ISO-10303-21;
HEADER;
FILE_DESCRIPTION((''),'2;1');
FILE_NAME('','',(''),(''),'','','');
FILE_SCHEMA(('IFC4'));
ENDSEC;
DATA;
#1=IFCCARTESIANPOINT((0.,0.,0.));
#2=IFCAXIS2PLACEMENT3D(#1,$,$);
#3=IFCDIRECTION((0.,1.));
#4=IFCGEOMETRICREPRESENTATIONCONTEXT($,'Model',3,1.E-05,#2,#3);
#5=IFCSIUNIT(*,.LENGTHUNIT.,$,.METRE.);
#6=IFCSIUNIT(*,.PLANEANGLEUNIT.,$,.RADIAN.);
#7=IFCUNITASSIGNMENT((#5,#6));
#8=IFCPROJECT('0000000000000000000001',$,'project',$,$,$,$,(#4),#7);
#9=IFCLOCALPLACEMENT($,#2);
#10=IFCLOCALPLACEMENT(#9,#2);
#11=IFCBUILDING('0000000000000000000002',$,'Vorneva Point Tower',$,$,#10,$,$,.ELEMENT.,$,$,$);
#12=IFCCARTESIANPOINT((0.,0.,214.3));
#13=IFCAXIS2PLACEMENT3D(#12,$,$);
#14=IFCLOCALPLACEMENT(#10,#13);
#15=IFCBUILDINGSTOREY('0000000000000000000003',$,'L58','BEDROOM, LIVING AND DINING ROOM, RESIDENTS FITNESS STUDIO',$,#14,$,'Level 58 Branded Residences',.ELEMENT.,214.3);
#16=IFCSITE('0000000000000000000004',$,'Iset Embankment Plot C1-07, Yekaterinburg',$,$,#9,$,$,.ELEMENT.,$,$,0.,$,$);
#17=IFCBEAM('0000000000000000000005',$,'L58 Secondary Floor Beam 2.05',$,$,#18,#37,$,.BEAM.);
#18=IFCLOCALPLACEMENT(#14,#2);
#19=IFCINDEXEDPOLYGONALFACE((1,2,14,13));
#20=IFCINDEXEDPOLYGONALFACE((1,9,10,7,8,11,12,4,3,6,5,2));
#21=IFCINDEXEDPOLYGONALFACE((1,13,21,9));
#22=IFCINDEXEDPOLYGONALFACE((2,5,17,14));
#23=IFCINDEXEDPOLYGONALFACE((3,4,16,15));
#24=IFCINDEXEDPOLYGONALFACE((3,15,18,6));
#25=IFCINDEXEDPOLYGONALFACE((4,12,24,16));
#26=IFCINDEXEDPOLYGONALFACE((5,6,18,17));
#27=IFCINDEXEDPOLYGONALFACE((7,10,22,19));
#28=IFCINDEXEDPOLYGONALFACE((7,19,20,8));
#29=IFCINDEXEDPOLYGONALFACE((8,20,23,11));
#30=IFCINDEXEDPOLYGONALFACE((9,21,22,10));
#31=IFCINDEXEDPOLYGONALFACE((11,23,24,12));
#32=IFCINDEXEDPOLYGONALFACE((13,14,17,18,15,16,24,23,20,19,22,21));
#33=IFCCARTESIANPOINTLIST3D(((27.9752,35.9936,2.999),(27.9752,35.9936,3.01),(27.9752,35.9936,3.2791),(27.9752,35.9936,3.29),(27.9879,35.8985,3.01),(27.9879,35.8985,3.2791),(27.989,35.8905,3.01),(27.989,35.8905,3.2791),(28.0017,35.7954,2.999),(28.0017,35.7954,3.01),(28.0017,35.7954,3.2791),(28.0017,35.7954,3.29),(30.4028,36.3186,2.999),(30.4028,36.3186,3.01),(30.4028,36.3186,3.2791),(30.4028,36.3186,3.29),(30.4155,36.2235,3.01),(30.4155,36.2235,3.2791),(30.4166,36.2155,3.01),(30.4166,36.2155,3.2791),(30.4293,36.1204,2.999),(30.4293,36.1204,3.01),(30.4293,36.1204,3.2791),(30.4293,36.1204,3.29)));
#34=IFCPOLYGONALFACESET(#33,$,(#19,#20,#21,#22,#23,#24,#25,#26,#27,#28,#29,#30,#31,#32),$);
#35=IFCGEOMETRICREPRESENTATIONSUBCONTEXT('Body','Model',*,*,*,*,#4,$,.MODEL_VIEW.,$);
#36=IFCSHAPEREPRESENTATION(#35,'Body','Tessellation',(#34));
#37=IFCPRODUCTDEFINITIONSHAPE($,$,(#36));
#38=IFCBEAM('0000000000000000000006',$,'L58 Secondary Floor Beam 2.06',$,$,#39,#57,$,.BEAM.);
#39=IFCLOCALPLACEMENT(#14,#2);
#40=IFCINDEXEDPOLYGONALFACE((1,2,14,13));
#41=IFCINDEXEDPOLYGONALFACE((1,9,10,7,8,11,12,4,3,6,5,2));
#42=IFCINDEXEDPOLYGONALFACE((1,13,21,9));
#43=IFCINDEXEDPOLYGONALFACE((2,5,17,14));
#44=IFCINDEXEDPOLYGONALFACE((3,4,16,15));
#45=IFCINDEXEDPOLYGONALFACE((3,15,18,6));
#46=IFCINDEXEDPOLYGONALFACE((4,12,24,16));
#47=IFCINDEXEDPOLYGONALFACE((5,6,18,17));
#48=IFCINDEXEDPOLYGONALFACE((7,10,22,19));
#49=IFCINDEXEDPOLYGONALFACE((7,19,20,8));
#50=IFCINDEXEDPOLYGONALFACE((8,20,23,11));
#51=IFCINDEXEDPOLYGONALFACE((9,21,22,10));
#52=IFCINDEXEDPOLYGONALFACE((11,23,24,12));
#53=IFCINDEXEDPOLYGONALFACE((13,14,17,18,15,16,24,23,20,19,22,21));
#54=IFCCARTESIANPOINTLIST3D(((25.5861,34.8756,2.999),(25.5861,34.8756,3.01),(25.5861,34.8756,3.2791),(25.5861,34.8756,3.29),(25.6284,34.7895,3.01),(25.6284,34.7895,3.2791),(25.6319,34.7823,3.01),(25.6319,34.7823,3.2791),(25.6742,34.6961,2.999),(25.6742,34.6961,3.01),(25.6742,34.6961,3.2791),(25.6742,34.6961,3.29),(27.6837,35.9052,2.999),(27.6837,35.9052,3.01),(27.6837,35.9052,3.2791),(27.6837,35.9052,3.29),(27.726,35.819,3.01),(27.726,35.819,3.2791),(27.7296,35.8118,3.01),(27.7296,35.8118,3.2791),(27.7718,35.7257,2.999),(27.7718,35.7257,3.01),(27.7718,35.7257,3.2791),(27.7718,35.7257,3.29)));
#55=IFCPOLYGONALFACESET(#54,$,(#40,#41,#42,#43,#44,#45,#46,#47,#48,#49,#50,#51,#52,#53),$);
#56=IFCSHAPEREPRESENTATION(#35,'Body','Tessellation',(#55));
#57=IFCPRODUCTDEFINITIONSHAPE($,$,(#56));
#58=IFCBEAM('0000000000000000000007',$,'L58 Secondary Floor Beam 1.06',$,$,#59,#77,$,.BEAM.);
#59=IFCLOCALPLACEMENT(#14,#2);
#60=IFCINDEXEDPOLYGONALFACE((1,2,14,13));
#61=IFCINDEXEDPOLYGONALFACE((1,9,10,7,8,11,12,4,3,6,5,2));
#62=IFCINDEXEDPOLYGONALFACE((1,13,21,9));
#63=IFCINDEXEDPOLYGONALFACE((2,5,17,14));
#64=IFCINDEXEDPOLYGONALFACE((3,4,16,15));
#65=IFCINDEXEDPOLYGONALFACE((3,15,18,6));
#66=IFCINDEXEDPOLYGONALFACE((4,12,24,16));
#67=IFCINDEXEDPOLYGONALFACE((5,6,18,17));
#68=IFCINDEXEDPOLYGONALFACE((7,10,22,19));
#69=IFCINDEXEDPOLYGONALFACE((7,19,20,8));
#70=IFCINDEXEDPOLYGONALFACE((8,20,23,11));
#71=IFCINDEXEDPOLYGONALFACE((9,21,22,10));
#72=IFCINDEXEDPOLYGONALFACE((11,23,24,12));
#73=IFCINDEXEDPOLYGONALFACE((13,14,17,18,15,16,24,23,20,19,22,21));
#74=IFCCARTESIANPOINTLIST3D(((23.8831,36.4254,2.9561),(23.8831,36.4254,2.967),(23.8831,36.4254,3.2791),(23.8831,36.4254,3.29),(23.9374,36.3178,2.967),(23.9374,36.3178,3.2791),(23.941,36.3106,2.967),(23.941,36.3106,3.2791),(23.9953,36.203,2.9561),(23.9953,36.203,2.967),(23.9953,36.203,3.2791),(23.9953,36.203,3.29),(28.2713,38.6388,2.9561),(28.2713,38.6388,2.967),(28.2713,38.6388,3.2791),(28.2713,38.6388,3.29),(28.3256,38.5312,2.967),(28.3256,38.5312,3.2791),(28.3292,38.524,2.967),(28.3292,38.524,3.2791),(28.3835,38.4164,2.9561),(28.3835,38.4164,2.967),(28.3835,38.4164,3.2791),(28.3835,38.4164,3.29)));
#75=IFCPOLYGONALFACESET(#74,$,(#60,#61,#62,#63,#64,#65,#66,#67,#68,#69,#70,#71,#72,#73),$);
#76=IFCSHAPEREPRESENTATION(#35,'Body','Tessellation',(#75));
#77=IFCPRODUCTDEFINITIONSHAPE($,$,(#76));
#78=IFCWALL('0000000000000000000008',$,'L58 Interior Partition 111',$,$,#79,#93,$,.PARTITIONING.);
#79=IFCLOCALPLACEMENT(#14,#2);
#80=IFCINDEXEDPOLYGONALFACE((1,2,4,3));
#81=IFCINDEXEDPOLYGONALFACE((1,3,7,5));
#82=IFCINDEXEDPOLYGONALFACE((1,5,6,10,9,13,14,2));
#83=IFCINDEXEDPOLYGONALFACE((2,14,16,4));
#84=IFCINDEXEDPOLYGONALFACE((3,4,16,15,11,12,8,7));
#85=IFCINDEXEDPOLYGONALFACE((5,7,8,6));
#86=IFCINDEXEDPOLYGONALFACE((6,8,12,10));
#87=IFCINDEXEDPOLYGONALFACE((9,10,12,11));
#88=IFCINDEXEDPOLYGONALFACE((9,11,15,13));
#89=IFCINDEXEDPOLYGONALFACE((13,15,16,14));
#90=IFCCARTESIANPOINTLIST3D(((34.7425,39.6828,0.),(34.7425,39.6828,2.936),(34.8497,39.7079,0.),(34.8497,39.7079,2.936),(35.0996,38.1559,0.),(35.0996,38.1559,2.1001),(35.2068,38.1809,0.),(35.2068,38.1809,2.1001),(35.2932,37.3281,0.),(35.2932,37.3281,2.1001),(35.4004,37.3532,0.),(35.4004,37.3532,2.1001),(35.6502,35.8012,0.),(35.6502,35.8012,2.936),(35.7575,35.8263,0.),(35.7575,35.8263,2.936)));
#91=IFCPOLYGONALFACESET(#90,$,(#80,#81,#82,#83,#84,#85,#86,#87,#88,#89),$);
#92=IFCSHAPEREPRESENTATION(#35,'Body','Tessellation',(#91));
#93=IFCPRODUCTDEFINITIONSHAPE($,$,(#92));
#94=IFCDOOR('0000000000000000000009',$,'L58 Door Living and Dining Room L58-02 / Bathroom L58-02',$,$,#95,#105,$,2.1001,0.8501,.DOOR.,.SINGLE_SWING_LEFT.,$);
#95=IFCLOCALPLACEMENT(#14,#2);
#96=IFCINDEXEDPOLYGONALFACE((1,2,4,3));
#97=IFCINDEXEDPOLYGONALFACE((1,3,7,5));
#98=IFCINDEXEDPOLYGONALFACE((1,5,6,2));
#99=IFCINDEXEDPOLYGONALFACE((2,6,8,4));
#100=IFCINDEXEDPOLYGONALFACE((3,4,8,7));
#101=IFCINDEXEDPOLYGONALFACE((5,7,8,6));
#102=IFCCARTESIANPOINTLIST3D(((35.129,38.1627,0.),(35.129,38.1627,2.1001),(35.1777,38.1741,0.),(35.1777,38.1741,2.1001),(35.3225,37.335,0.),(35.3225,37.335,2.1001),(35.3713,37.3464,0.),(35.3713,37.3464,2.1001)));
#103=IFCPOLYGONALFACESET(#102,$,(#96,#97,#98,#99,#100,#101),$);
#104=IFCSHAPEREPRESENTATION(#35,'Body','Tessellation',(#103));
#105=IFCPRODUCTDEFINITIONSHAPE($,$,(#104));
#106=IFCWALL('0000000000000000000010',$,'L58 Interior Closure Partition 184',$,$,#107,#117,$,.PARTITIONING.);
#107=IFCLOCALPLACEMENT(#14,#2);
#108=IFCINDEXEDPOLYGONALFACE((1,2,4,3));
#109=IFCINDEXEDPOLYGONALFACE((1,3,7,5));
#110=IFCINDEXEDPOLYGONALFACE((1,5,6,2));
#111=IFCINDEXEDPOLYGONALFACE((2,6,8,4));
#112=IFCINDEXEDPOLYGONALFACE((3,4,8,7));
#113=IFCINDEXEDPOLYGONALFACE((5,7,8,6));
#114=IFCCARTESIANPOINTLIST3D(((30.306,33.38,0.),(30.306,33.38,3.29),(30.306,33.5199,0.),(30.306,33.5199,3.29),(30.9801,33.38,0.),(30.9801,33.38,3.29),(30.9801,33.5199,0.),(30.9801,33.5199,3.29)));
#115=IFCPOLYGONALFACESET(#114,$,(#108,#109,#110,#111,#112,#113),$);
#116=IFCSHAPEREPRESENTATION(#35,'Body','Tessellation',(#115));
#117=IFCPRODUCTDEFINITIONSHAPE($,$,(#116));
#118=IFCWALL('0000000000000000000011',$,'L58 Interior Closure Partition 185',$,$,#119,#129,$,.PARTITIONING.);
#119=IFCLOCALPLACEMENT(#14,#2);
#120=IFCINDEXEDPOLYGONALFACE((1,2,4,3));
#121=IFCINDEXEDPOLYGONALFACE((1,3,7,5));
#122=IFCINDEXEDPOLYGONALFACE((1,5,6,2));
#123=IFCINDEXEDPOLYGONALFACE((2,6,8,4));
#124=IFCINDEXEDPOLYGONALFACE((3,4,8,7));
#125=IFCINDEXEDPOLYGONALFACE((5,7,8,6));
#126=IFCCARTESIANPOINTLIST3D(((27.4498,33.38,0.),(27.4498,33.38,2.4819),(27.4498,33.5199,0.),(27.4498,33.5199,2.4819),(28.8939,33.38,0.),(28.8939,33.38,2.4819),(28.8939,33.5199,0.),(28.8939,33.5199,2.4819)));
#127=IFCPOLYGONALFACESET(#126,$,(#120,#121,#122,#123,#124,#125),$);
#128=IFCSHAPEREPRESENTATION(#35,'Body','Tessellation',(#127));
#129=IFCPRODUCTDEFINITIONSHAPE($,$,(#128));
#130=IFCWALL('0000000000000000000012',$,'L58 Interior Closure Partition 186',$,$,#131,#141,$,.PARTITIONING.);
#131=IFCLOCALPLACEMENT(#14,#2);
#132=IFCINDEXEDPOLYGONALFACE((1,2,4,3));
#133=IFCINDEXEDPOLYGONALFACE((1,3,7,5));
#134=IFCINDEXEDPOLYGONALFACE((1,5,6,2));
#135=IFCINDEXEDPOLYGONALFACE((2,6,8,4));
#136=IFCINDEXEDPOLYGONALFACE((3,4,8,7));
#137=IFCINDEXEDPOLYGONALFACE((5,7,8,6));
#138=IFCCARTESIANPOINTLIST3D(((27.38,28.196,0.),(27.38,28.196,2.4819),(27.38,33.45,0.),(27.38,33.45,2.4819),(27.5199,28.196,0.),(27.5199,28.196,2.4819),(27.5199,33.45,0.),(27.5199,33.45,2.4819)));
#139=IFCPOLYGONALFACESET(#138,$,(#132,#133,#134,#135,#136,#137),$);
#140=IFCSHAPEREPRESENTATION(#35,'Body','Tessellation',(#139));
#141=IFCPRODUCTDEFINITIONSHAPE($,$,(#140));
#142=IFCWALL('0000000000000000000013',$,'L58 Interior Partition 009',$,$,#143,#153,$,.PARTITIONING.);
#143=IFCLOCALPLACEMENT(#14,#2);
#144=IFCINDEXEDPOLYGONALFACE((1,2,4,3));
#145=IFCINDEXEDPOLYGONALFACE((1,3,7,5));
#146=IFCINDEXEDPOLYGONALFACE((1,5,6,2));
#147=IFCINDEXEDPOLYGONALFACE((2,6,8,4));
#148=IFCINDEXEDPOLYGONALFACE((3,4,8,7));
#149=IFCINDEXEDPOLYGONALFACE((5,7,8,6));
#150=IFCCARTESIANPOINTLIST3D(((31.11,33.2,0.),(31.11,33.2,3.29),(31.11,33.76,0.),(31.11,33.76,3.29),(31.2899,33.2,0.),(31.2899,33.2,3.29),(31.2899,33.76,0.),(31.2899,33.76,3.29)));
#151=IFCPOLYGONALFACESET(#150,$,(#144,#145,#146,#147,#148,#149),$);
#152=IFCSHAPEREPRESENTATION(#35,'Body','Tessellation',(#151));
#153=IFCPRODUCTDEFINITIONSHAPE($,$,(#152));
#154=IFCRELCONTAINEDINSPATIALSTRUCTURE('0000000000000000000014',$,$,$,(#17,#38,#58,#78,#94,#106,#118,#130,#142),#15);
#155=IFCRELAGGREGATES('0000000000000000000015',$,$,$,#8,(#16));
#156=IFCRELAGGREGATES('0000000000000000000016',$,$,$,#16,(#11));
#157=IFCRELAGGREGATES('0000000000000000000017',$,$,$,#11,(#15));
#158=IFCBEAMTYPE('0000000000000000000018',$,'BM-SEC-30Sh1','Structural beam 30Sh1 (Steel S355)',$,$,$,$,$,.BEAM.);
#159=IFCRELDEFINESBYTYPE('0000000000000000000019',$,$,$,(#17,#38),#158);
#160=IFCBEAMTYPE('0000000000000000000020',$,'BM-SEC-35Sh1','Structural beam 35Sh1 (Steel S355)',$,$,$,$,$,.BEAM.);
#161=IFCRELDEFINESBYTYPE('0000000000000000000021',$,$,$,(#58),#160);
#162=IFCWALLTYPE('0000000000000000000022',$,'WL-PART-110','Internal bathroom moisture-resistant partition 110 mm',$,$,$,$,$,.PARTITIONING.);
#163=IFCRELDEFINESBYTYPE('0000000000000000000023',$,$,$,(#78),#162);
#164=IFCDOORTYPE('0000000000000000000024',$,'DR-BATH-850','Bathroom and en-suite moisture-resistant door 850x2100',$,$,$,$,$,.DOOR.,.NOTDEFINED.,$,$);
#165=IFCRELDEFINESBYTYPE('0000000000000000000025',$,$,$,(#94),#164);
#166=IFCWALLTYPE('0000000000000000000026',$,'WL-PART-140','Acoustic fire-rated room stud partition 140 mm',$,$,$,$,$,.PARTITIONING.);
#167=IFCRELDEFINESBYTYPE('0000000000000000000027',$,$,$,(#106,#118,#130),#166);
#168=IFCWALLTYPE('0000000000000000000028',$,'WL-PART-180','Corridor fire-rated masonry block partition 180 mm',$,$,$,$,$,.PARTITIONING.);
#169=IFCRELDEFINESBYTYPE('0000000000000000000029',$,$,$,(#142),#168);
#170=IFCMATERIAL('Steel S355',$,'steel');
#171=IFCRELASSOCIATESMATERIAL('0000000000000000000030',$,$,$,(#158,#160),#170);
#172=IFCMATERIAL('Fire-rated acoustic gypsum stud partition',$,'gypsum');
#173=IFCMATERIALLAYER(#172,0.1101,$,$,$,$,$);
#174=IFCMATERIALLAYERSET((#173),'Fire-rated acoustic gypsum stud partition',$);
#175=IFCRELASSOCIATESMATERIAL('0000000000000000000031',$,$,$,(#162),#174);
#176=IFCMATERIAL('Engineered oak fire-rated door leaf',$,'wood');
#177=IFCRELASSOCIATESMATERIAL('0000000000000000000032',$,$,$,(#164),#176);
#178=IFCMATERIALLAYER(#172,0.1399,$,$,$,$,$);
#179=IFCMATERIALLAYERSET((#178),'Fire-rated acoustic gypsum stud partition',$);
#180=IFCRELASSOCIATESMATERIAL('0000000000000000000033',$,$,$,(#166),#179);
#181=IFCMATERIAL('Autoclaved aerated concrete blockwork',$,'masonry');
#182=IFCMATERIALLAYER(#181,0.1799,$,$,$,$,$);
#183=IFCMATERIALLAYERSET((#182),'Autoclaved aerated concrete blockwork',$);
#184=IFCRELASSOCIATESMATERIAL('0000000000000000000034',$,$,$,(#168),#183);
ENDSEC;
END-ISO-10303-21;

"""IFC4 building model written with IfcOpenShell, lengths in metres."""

from ifc_helpers import new_model, si_unit, direction, frame, frame_2d, origin, origin_2d, place, context, subcontext, project, spatial, rectangle, i_section, extrude, material, layer, layer_set, material_profile, profile_set, type_object, element, fill, save


model = new_model("IFC4")

# Units and contexts
model_context = context("Model", 3, precision=1e-05, world=origin(), true_north=direction((0.0, 1.0)))
body_context = subcontext(model_context, "Body", "Model", "MODEL_VIEW")
ifc_project = project(units=[si_unit("LENGTHUNIT", "METRE"), si_unit("PLANEANGLEUNIT", "RADIAN")], contexts=[model_context])

# Site, building, storey
site_placement = place(None, origin())
site = spatial("IfcSite", under=ifc_project, at=site_placement, Name="Iset Embankment Plot C1-07, Yekaterinburg", CompositionType="ELEMENT", RefElevation=0.0)
building_placement = place(site_placement, origin())
building = spatial("IfcBuilding", under=site, at=building_placement, Name="Vorneva Point Tower", CompositionType="ELEMENT")
storey_placement = place(building_placement, frame((0.0, 0.0, 214.3)))
storey = spatial("IfcBuildingStorey", under=building, at=storey_placement, Name="L58", Description="BEDROOM, LIVING AND DINING ROOM, RESIDENTS FITNESS STUDIO", LongName="Level 58 Branded Residences", CompositionType="ELEMENT", Elevation=214.3)

# Beams
ifc_material_1 = material(Name="Steel S355", Category="steel")
ifc_material_profile_1 = material_profile(ifc_material_1, i_section(OverallWidth=0.2, OverallDepth=0.291, WebThickness=0.0081, FlangeThickness=0.011, at=origin_2d()), Name="30Sh1")
ifc_profile_set_1 = profile_set([ifc_material_profile_1], Name="Steel S355")
beam_type_1 = type_object("IfcBeamType", Name="BM-SEC-30Sh1", Description="Structural beam 30Sh1 (Steel S355)", PredefinedType="BEAM", material=ifc_profile_set_1)
beam_1_placement = place(storey_placement, frame((30.416, 36.2195, 3.1445), z_axis=(-0.991159, -0.13268, 0.0), x_axis=(0.13268, -0.991159, 0.0)))
element("IfcBeam", 1, at=beam_1_placement, inside=storey, type_object=beam_type_1, Name="L58 Secondary Floor Beam 2.05", PredefinedType="BEAM", context=body_context, shape_type="SweptSolid", body=[
    extrude(i_section(OverallWidth=0.2, OverallDepth=0.291, WebThickness=0.0081, FlangeThickness=0.011, at=origin_2d()), origin(), (0.0, 0.0, 1.0), 2.4492),
])
beam_2_placement = place(storey_placement, frame((27.7278, 35.8154, 3.1445), z_axis=(-0.897704, -0.440598, 0.0), x_axis=(0.440598, -0.897704, 0.0)))
element("IfcBeam", 2, at=beam_2_placement, inside=storey, type_object=beam_type_1, Name="L58 Secondary Floor Beam 2.06", PredefinedType="BEAM", context=body_context, shape_type="SweptSolid", body=[
    extrude(i_section(OverallWidth=0.2, OverallDepth=0.291, WebThickness=0.0081, FlangeThickness=0.011, at=origin_2d()), origin(), (0.0, 0.0, 1.0), 2.3367),
])
ifc_material_profile_2 = material_profile(ifc_material_1, i_section(OverallWidth=0.249, OverallDepth=0.334, WebThickness=0.0081, FlangeThickness=0.011, at=origin_2d()), Name="35Sh1")
ifc_profile_set_2 = profile_set([ifc_material_profile_2], Name="Steel S355")
beam_type_2 = type_object("IfcBeamType", Name="BM-SEC-35Sh1", Description="Structural beam 35Sh1 (Steel S355)", PredefinedType="BEAM", material=ifc_profile_set_2)
beam_3_placement = place(storey_placement, frame((28.3274, 38.5276, 3.123), z_axis=(-0.892852, -0.45035, 0.0), x_axis=(0.45035, -0.892852, 0.0)))
element("IfcBeam", 3, at=beam_3_placement, inside=storey, type_object=beam_type_2, Name="L58 Secondary Floor Beam 1.06", PredefinedType="BEAM", context=body_context, shape_type="SweptSolid", body=[
    extrude(i_section(OverallWidth=0.249, OverallDepth=0.334, WebThickness=0.0081, FlangeThickness=0.011, at=origin_2d()), origin(), (0.0, 0.0, 1.0), 4.9148),
])

# Wall, opening, door
ifc_material_2 = material(Name="Fire-rated acoustic gypsum stud partition", Category="gypsum")
ifc_layer_1 = layer(ifc_material_2, 0.1101)
ifc_layer_set_1 = layer_set([ifc_layer_1], Name="Fire-rated acoustic gypsum stud partition")
wall_type_1 = type_object("IfcWallType", Name="WL-PART-110", Description="Internal bathroom moisture-resistant partition 110 mm", PredefinedType="PARTITIONING", material=ifc_layer_set_1)
wall_1_placement = place(storey_placement, frame((35.7039, 35.8137, 0.0), z_axis=(0.0, 0.0, 1.0), x_axis=(-0.227708, 0.97373, 0.0)))
wall_1 = element("IfcWall", 4, at=wall_1_placement, inside=storey, type_object=wall_type_1, Name="L58 Interior Partition 111", PredefinedType="PARTITIONING", context=body_context, shape_type="SweptSolid", body=[
    extrude(rectangle(XDim=3.9863, YDim=0.1101, at=frame_2d((1.9932, 0.0))), origin(), (0.0, 0.0, 1.0), 2.936),
])
opening_1_placement = place(wall_1_placement, frame((1.5681, 0.0, 0.0)))
opening_1 = element("IfcOpeningElement", 5, at=opening_1_placement, cuts=wall_1, PredefinedType="OPENING", context=body_context, shape_type="SweptSolid", body=[
    extrude(rectangle(XDim=0.8501, YDim=2.1001, at=frame_2d((0.425, 1.05))), frame((0.0, 0.0698, 0.0), z_axis=(0.0, -1.0, 0.0), x_axis=(1.0, 0.0, 0.0)), (0.0, 0.0, 1.0), 0.1399),
])
ifc_material_3 = material(Name="Engineered oak fire-rated door leaf", Category="wood")
door_type_1 = type_object("IfcDoorType", Name="DR-BATH-850", Description="Bathroom and en-suite moisture-resistant door 850x2100", OperationType="NOTDEFINED", PredefinedType="DOOR", material=ifc_material_3)
door_1_placement = place(opening_1_placement, origin())
door_1 = element("IfcDoor", 6, at=door_1_placement, inside=storey, type_object=door_type_1, Name="L58 Door Living and Dining Room L58-02 / Bathroom L58-02", OperationType="SINGLE_SWING_LEFT", OverallHeight=2.1001, OverallWidth=0.8501, PredefinedType="DOOR", context=body_context, shape_type="SweptSolid", body=[
    extrude(rectangle(XDim=0.8501, YDim=2.1001, at=frame_2d((0.425, 1.05))), frame((0.0, 0.0249, 0.0), z_axis=(0.0, -1.0, 0.0), x_axis=(1.0, 0.0, 0.0)), (0.0, 0.0, 1.0), 0.05),
])
fill(opening_1, door_1)

# Walls
ifc_layer_2 = layer(ifc_material_2, 0.1399)
ifc_layer_set_2 = layer_set([ifc_layer_2], Name="Fire-rated acoustic gypsum stud partition")
wall_type_2 = type_object("IfcWallType", Name="WL-PART-140", Description="Acoustic fire-rated room stud partition 140 mm", PredefinedType="PARTITIONING", material=ifc_layer_set_2)
wall_2_placement = place(storey_placement, frame((30.98, 33.45, 0.0), z_axis=(0.0, 0.0, 1.0), x_axis=(-1.0, 0.0, 0.0)))
element("IfcWall", 7, at=wall_2_placement, inside=storey, type_object=wall_type_2, Name="L58 Interior Closure Partition 184", PredefinedType="PARTITIONING", context=body_context, shape_type="SweptSolid", body=[
    extrude(rectangle(XDim=0.6741, YDim=0.1399, at=frame_2d((0.3369, 0.0))), origin(), (0.0, 0.0, 1.0), 3.29),
])
wall_3_placement = place(storey_placement, frame((28.894, 33.45, 0.0), z_axis=(0.0, 0.0, 1.0), x_axis=(-1.0, 0.0, 0.0)))
element("IfcWall", 8, at=wall_3_placement, inside=storey, type_object=wall_type_2, Name="L58 Interior Closure Partition 185", PredefinedType="PARTITIONING", context=body_context, shape_type="SweptSolid", body=[
    extrude(rectangle(XDim=1.4441, YDim=0.1399, at=frame_2d((0.7222, 0.0))), origin(), (0.0, 0.0, 1.0), 2.4819),
])
wall_4_placement = place(storey_placement, frame((27.45, 33.45, 0.0), z_axis=(0.0, 0.0, 1.0), x_axis=(0.0, -1.0, 0.0)))
element("IfcWall", 9, at=wall_4_placement, inside=storey, type_object=wall_type_2, Name="L58 Interior Closure Partition 186", PredefinedType="PARTITIONING", context=body_context, shape_type="SweptSolid", body=[
    extrude(rectangle(XDim=5.2539, YDim=0.1399, at=frame_2d((2.627, 0.0))), origin(), (0.0, 0.0, 1.0), 2.4819),
])

# Shared definitions
ifc_material_4 = material(Name="Autoclaved aerated concrete blockwork", Category="masonry")
ifc_layer_3 = layer(ifc_material_4, 0.1799)
ifc_layer_set_3 = layer_set([ifc_layer_3], Name="Autoclaved aerated concrete blockwork")
wall_type_3 = type_object("IfcWallType", Name="WL-PART-180", Description="Corridor fire-rated masonry block partition 180 mm", PredefinedType="PARTITIONING", material=ifc_layer_set_3)

# Wall
wall_5_placement = place(storey_placement, frame((31.2, 33.76, 0.0), z_axis=(0.0, 0.0, 1.0), x_axis=(0.0, -1.0, 0.0)))
element("IfcWall", 10, at=wall_5_placement, inside=storey, type_object=wall_type_3, Name="L58 Interior Partition 009", PredefinedType="PARTITIONING", context=body_context, shape_type="SweptSolid", body=[
    extrude(rectangle(XDim=0.5601, YDim=0.1799, at=frame_2d((0.28, 0.0))), origin(), (0.0, 0.0, 1.0), 3.29),
])

save(model, "model.ifc")
